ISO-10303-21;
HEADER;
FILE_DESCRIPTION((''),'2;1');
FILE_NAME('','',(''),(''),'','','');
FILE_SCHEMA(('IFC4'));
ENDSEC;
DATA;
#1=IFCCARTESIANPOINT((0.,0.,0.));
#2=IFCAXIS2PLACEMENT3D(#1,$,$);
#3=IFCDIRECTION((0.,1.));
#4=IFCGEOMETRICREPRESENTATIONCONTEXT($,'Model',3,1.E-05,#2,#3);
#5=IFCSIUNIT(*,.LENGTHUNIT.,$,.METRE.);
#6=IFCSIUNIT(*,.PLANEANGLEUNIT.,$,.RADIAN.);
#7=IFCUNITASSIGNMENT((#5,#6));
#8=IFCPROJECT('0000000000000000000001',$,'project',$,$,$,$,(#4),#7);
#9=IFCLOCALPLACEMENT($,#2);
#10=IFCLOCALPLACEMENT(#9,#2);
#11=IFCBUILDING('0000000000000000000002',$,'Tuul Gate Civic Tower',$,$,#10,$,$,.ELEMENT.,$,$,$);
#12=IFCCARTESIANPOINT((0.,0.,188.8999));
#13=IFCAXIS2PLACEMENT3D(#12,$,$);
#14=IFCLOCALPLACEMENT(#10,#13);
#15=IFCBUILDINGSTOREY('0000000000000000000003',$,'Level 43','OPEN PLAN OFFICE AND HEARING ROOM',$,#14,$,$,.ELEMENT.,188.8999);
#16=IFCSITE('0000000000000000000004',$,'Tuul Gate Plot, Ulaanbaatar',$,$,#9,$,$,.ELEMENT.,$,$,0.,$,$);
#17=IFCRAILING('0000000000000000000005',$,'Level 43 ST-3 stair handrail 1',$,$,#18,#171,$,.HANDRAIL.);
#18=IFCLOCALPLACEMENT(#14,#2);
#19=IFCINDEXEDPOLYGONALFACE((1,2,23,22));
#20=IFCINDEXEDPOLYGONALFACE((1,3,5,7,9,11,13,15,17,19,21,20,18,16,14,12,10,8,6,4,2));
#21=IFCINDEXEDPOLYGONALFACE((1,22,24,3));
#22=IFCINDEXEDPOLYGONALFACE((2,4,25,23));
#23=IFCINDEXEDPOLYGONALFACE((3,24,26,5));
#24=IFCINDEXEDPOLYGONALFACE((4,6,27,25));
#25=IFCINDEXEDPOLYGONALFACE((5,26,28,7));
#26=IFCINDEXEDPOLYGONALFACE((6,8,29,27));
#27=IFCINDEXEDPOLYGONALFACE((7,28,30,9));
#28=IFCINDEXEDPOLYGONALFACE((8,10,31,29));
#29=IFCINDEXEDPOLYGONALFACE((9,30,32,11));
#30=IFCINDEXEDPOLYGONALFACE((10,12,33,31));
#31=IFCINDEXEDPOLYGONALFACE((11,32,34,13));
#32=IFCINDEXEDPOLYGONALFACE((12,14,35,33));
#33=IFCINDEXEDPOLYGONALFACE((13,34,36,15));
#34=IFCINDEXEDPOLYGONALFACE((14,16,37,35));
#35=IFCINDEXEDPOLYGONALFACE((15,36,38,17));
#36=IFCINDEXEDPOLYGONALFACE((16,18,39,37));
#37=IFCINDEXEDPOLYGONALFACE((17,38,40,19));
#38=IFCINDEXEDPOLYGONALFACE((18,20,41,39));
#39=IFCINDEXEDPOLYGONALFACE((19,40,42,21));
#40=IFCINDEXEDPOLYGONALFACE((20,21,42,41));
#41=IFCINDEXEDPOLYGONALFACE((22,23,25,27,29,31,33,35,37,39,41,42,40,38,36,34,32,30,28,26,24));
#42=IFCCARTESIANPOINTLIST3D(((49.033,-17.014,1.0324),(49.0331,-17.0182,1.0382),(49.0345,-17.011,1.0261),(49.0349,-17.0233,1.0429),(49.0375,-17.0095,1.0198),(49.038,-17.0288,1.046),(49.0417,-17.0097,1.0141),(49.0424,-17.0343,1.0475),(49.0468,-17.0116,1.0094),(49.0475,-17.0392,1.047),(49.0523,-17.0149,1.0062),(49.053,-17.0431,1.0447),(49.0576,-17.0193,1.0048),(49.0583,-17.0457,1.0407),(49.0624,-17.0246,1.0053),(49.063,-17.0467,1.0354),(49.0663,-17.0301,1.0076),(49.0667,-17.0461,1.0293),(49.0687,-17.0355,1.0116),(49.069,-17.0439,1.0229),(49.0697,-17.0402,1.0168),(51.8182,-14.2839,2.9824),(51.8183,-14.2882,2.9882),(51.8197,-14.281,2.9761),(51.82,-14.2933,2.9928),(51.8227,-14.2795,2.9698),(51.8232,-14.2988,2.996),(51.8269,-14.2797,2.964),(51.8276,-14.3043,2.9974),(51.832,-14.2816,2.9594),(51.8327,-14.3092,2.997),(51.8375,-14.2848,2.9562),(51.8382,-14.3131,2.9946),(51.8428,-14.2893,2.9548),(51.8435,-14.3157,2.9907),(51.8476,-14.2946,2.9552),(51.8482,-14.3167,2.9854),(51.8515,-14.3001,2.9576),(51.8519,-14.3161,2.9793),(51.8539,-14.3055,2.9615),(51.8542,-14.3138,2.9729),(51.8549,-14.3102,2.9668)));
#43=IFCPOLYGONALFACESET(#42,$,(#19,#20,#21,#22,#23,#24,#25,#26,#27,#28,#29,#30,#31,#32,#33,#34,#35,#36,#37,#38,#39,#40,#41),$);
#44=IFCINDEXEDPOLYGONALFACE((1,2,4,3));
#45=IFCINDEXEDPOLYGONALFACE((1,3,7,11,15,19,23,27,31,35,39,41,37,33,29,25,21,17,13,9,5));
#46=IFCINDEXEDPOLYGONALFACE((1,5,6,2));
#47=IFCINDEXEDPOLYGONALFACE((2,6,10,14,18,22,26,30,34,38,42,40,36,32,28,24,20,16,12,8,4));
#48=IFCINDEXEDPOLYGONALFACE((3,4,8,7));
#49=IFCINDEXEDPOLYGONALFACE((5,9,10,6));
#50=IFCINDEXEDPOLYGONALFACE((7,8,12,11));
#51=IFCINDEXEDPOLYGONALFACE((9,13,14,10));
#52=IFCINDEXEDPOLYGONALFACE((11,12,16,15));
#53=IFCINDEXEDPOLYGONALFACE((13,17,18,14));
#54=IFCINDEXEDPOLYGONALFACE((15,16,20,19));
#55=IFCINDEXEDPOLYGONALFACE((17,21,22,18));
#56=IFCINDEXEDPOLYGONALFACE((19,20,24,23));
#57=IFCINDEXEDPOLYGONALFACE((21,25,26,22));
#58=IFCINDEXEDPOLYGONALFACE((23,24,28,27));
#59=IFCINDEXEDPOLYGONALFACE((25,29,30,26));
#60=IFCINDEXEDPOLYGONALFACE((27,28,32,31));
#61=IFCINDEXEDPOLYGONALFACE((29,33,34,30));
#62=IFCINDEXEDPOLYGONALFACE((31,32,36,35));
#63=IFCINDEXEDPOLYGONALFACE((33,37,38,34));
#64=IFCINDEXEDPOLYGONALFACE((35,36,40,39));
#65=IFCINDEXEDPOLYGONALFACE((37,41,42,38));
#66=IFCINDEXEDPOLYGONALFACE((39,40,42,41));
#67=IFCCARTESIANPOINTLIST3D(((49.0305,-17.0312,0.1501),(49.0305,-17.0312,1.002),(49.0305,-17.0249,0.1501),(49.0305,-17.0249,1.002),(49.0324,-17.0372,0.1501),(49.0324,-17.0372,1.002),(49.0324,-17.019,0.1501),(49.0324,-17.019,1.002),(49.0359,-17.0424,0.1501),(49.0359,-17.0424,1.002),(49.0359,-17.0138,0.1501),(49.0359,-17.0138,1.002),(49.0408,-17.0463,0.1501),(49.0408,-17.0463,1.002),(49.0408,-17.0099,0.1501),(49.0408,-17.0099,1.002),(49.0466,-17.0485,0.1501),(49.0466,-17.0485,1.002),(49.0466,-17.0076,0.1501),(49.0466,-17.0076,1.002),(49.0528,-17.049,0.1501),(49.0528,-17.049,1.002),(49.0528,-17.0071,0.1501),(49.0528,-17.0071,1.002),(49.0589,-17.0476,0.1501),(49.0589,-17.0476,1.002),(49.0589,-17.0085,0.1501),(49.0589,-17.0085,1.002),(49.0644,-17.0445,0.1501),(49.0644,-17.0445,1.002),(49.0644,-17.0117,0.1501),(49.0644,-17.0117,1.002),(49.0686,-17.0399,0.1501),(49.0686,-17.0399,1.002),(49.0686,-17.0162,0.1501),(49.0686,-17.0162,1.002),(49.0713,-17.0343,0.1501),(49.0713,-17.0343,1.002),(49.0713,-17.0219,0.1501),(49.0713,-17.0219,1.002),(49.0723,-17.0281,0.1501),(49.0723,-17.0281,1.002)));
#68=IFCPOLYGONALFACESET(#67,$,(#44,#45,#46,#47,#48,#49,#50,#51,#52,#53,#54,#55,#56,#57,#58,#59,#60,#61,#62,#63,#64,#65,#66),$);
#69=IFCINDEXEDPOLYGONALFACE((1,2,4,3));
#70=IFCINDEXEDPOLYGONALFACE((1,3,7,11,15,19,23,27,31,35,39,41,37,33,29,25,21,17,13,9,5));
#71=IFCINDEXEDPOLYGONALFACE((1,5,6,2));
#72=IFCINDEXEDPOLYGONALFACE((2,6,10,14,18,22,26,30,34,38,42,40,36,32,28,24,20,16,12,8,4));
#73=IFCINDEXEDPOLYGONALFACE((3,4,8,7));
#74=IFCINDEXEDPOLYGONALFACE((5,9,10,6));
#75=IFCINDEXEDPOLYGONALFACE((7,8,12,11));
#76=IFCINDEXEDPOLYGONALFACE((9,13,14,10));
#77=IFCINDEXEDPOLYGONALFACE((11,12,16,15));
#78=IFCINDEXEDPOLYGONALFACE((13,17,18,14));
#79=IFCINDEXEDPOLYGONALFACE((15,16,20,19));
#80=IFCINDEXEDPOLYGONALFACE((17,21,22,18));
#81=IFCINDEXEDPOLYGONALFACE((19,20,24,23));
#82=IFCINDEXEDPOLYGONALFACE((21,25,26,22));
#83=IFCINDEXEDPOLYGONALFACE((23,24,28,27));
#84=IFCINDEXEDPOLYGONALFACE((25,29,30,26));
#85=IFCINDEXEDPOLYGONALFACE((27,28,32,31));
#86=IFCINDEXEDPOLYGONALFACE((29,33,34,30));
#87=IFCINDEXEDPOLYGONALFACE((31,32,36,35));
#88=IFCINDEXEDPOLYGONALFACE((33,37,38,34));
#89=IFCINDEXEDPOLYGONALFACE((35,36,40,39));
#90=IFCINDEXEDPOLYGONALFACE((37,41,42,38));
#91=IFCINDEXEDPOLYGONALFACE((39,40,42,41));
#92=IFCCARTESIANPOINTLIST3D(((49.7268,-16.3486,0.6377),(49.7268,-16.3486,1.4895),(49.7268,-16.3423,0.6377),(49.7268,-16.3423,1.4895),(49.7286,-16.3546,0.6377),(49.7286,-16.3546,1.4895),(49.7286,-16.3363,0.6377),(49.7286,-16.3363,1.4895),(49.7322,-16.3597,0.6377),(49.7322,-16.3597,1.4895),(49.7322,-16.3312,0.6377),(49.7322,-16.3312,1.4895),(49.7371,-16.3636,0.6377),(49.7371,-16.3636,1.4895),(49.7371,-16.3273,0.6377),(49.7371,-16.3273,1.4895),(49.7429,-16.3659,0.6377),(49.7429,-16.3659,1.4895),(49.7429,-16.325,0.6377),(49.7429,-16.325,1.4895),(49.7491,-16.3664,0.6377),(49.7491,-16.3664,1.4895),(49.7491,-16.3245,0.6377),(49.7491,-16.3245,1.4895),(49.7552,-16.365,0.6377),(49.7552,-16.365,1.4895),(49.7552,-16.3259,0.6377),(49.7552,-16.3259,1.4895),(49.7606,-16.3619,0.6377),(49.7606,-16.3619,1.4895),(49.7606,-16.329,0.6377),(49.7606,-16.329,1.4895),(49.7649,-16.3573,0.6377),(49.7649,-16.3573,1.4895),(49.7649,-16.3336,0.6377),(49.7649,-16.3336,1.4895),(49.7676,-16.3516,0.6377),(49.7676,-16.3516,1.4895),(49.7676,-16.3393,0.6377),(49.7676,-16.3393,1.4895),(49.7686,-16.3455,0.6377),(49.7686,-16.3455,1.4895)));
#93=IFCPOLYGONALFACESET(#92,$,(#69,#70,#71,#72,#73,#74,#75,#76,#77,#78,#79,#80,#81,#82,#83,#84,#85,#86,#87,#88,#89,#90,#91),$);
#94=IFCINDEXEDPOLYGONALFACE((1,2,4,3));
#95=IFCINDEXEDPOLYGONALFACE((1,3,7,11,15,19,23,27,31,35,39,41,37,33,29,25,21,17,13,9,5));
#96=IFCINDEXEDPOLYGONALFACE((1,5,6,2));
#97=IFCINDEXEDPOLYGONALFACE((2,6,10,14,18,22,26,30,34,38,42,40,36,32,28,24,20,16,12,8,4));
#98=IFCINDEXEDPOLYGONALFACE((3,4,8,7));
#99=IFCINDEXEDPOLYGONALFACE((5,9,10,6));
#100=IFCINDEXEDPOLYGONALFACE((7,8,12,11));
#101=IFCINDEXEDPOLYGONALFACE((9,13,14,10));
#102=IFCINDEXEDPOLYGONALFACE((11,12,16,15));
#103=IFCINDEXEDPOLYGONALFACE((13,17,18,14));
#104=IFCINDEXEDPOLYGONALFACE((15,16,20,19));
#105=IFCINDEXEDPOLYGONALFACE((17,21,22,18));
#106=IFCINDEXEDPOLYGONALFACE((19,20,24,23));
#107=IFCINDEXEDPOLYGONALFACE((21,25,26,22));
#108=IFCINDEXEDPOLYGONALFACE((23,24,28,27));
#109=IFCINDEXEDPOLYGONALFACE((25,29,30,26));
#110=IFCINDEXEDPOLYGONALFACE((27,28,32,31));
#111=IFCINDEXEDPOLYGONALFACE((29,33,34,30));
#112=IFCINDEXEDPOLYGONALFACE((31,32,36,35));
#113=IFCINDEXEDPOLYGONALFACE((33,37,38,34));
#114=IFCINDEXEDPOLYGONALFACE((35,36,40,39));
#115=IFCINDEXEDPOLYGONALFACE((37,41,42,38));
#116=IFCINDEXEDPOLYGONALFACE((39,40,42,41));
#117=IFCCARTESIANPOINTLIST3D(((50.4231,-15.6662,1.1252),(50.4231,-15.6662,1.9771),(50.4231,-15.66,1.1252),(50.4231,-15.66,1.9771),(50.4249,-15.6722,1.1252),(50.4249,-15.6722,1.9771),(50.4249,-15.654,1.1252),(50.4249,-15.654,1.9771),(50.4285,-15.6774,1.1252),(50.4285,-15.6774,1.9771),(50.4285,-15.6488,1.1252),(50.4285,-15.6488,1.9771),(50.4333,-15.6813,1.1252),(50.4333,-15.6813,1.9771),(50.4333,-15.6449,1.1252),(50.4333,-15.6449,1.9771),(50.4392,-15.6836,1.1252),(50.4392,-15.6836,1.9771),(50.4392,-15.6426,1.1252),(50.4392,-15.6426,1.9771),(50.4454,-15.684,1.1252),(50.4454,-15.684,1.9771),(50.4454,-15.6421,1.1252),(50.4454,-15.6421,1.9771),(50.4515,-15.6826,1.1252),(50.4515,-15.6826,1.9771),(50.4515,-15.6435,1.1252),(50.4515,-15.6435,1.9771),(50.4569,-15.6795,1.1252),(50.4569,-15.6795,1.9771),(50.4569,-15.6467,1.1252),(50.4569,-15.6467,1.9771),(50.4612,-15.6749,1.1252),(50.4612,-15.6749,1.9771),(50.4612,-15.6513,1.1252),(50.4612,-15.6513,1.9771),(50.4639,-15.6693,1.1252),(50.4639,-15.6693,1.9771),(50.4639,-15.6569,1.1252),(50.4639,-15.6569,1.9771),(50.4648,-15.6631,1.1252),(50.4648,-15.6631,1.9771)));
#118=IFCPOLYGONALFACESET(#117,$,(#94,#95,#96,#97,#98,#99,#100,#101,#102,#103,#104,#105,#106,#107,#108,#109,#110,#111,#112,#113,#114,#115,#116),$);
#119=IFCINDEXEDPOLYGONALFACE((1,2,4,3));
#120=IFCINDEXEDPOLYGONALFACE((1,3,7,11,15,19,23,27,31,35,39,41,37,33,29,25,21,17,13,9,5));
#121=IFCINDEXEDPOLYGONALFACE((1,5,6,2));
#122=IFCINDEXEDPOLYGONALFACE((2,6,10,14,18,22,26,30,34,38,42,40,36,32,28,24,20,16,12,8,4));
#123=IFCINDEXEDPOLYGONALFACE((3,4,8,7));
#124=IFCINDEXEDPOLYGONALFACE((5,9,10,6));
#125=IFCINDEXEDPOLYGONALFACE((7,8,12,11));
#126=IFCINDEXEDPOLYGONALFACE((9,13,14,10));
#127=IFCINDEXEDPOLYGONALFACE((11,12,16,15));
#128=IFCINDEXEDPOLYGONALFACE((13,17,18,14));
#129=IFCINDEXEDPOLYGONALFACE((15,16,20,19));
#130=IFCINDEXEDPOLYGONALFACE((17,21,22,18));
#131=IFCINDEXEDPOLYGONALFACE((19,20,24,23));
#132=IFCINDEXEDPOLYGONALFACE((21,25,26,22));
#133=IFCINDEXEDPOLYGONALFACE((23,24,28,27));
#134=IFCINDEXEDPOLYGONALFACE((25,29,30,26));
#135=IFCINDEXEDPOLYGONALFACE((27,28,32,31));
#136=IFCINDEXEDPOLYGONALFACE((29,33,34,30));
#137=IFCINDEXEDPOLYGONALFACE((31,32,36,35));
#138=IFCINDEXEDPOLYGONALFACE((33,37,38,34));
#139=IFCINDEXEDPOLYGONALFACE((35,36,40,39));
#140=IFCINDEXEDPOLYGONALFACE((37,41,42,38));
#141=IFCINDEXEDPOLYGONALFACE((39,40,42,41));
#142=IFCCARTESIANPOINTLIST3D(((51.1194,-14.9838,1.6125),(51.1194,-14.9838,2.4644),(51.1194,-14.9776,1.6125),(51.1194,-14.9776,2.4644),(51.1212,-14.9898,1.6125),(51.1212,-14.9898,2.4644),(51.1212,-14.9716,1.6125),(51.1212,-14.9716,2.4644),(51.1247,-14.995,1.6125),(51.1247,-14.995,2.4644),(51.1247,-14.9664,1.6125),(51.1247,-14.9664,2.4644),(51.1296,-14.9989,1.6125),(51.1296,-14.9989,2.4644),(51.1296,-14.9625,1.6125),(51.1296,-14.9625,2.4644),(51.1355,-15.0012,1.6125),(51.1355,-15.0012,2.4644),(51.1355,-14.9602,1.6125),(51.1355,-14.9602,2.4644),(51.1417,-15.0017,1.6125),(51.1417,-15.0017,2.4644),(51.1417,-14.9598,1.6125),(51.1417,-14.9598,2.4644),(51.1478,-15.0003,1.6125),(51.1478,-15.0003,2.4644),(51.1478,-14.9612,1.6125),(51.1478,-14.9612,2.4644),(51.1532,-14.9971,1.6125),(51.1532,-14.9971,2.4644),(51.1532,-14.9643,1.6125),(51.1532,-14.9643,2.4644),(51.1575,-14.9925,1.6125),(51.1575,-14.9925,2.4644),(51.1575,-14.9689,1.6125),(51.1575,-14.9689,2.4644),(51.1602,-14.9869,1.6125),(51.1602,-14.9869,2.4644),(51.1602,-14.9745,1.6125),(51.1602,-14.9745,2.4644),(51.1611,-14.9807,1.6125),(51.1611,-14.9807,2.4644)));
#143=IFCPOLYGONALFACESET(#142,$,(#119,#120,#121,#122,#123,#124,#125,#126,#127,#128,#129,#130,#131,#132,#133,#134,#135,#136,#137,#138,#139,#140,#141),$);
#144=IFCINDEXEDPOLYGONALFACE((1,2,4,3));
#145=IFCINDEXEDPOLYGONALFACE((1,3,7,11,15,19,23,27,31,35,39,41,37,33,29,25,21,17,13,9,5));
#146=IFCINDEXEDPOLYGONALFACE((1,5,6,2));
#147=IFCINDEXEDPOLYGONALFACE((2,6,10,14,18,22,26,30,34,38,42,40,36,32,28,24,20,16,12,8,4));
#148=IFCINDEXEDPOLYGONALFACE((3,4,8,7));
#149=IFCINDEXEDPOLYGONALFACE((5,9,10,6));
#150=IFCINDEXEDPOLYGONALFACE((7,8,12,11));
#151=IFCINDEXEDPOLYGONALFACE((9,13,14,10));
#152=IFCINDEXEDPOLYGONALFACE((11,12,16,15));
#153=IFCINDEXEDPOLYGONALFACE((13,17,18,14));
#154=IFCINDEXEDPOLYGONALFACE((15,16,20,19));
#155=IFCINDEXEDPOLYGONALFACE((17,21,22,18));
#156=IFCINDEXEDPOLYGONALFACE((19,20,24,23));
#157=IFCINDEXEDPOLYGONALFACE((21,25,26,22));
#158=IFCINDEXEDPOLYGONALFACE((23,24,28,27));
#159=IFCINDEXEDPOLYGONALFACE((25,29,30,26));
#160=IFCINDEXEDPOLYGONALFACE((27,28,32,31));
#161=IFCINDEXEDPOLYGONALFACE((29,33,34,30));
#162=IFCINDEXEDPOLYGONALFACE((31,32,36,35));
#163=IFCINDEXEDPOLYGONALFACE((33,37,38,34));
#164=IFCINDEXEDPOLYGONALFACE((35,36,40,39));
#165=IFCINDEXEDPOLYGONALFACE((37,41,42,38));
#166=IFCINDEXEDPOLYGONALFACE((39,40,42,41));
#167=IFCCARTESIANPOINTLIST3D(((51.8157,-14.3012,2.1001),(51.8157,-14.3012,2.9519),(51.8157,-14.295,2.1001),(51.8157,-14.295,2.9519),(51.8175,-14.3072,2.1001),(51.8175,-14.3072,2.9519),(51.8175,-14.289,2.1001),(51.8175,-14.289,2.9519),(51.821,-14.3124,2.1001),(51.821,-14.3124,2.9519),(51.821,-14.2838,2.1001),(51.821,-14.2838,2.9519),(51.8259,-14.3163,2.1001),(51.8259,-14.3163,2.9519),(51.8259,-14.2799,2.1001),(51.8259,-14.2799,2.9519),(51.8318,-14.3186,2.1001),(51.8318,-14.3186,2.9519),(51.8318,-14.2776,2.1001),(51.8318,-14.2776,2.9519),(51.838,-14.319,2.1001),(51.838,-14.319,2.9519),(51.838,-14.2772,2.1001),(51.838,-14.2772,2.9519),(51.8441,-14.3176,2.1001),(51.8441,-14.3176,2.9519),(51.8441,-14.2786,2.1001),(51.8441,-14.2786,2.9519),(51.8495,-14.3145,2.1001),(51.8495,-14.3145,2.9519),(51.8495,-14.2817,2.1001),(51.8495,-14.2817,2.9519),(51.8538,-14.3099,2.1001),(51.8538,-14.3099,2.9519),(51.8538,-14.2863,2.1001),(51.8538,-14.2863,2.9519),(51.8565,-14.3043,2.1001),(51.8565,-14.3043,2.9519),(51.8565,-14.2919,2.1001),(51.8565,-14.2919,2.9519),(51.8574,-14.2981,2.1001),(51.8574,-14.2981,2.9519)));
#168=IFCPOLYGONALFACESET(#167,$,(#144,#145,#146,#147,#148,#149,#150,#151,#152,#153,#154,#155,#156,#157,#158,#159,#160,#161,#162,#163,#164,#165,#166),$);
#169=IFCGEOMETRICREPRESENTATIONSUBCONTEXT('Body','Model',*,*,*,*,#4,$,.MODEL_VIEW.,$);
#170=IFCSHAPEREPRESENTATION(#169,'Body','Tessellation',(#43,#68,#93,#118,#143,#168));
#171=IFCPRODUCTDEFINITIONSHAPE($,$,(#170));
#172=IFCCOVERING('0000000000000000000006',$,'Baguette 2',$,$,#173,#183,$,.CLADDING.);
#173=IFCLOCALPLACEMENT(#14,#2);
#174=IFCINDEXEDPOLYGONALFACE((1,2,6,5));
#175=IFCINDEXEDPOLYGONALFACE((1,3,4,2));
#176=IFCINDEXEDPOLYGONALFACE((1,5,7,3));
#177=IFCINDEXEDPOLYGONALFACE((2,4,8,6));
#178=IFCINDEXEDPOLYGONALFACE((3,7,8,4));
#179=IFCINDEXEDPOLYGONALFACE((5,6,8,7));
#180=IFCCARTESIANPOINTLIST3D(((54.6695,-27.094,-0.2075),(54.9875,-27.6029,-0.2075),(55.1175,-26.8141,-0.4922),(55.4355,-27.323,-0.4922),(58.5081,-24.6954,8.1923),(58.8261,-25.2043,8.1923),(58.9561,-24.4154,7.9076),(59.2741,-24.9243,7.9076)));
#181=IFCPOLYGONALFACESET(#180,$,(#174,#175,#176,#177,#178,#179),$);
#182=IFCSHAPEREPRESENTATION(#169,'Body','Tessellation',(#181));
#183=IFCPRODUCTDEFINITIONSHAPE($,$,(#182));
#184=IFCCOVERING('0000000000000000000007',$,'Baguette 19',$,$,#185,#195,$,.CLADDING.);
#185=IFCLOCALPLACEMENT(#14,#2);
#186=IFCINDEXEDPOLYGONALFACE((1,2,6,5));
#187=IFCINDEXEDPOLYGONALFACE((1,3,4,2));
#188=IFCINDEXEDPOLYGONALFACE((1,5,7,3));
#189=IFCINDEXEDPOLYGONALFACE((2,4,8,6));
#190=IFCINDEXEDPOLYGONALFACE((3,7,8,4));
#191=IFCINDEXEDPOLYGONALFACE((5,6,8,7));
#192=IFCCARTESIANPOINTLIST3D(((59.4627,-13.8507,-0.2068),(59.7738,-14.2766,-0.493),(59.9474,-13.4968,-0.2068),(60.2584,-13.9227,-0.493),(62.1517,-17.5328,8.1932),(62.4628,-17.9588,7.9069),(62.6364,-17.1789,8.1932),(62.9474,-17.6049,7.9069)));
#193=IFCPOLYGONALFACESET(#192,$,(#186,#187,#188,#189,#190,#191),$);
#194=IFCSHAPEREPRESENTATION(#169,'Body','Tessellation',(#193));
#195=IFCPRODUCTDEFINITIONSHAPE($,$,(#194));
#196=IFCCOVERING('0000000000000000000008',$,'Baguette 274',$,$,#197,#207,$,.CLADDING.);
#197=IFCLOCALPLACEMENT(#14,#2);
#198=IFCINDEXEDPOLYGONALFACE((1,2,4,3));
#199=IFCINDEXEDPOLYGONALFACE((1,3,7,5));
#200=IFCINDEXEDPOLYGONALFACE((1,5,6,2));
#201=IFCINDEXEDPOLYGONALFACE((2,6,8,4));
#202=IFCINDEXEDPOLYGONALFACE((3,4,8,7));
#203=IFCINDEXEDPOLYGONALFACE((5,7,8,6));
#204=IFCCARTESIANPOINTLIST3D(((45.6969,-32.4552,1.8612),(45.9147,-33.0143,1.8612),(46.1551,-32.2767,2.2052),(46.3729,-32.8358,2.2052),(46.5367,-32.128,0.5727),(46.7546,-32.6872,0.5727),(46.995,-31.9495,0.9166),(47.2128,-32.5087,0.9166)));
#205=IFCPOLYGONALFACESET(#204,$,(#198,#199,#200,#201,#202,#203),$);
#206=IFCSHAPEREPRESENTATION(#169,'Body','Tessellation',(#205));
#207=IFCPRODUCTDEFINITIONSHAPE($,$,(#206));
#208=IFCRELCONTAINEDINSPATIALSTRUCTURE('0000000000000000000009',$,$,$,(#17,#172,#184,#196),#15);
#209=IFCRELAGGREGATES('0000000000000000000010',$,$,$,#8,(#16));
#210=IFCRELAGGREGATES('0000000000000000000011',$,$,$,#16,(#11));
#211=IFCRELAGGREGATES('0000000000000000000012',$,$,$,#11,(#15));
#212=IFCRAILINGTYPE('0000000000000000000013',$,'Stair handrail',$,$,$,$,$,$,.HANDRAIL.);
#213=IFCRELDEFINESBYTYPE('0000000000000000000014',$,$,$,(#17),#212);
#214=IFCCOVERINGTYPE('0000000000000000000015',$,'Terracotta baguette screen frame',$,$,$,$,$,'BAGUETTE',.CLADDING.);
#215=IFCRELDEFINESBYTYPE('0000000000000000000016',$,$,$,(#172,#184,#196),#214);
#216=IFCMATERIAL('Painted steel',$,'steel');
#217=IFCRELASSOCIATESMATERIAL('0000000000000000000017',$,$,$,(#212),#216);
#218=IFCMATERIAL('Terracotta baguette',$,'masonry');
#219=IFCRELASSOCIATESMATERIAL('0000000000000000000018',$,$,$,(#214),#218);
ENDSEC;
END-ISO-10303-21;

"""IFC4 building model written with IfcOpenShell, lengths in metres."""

from ifc_helpers import new_model, si_unit, direction, frame, origin, origin_2d, place, context, subcontext, project, spatial, rectangle, circle, extrude, material, material_profile, profile_set, type_object, element, save


model = new_model("IFC4")

# Units and contexts
model_context = context("Model", 3, precision=1e-05, world=origin(), true_north=direction((0.0, 1.0)))
body_context = subcontext(model_context, "Body", "Model", "MODEL_VIEW")
ifc_project = project(units=[si_unit("LENGTHUNIT", "METRE"), si_unit("PLANEANGLEUNIT", "RADIAN")], contexts=[model_context])

# Site, building, storey
site_placement = place(None, origin())
site = spatial("IfcSite", under=ifc_project, at=site_placement, Name="Tuul Gate Plot, Ulaanbaatar", CompositionType="ELEMENT", RefElevation=0.0)
building_placement = place(site_placement, origin())
building = spatial("IfcBuilding", under=site, at=building_placement, Name="Tuul Gate Civic Tower", CompositionType="ELEMENT")
storey_placement = place(building_placement, frame((0.0, 0.0, 188.8999)))
storey = spatial("IfcBuildingStorey", under=building, at=storey_placement, Name="Level 43", Description="OPEN PLAN OFFICE AND HEARING ROOM", CompositionType="ELEMENT", Elevation=188.8999)

# Railing
ifc_material_1 = material(Name="Painted steel", Category="steel")
railing_type = type_object("IfcRailingType", Name="Stair handrail", PredefinedType="HANDRAIL", material=ifc_material_1)
railing_placement = place(storey_placement, frame((49.0513, -17.0281, 0.1501)))
element("IfcRailing", 1, at=railing_placement, inside=storey, type_object=railing_type, Name="Level 43 ST-3 stair handrail 1", PredefinedType="HANDRAIL", context=body_context, shape_type="SweptSolid", body=[
    extrude(circle(Radius=0.0239, at=origin_2d()), frame((0.0, 0.0, 0.876), z_axis=(0.638754, 0.6261, 0.447206), x_axis=(-0.699998, 0.714145, 0.0)), (0.0, 0.0, 1.0), 4.3604),
    extrude(circle(Radius=0.021, at=origin_2d()), origin(), (0.0, 0.0, 1.0), 0.8518),
    extrude(circle(Radius=0.021, at=origin_2d()), frame((0.6963, 0.6826, 0.4875)), (0.0, 0.0, 1.0), 0.8518),
    extrude(circle(Radius=0.021, at=origin_2d()), frame((1.3926, 1.365, 0.9751)), (0.0, 0.0, 1.0), 0.8518),
    extrude(circle(Radius=0.021, at=origin_2d()), frame((2.0889, 2.0474, 1.4624)), (0.0, 0.0, 1.0), 0.8518),
    extrude(circle(Radius=0.021, at=origin_2d()), frame((2.7852, 2.73, 1.95)), (0.0, 0.0, 1.0), 0.8518),
])

# Coverings
ifc_material_2 = material(Name="Terracotta baguette", Category="masonry")
ifc_material_profile_1 = material_profile(ifc_material_2, rectangle(XDim=0.6001, YDim=0.6001, at=origin_2d()), Name="Terracotta baguette screen frame")
ifc_profile_set_1 = profile_set([ifc_material_profile_1], Name="Terracotta baguette")
covering_type = type_object("IfcCoveringType", Name="Terracotta baguette screen frame", ElementType="BAGUETTE", PredefinedType="CLADDING", material=ifc_profile_set_1)
covering_1_placement = place(storey_placement, frame((55.0525, -27.2085, -0.3499), z_axis=(0.402293, 0.251385, 0.880321), x_axis=(-0.529926, 0.848044, 0.0)))
element("IfcCovering", 2, at=covering_1_placement, inside=storey, type_object=covering_type, Name="Baguette 2", PredefinedType="CLADDING", context=body_context, shape_type="SweptSolid", body=[
    extrude(rectangle(XDim=0.6001, YDim=0.6001, at=origin_2d()), origin(), (0.0, 0.0, 1.0), 9.5417),
])
covering_2_placement = place(storey_placement, frame((62.5496, -17.5688, 8.05), z_axis=(-0.281344, 0.385258, -0.878875), x_axis=(-0.807581, -0.589756, 0.0)))
element("IfcCovering", 3, at=covering_2_placement, inside=storey, type_object=covering_type, Name="Baguette 19", PredefinedType="CLADDING", context=body_context, shape_type="SweptSolid", body=[
    extrude(rectangle(XDim=0.6001, YDim=0.6001, at=origin_2d()), origin(), (0.0, 0.0, 1.0), 9.5576),
])
covering_3_placement = place(storey_placement, frame((46.0349, -32.6455, 2.0332), z_axis=(0.534079, 0.208042, -0.819438), x_axis=(-0.362969, 0.931801, 0.0)))
element("IfcCovering", 4, at=covering_3_placement, inside=storey, type_object=covering_type, Name="Baguette 274", PredefinedType="CLADDING", context=body_context, shape_type="SweptSolid", body=[
    extrude(rectangle(XDim=0.6001, YDim=0.6001, at=origin_2d()), origin(), (0.0, 0.0, 1.0), 1.5725),
])

save(model, "model.ifc")
